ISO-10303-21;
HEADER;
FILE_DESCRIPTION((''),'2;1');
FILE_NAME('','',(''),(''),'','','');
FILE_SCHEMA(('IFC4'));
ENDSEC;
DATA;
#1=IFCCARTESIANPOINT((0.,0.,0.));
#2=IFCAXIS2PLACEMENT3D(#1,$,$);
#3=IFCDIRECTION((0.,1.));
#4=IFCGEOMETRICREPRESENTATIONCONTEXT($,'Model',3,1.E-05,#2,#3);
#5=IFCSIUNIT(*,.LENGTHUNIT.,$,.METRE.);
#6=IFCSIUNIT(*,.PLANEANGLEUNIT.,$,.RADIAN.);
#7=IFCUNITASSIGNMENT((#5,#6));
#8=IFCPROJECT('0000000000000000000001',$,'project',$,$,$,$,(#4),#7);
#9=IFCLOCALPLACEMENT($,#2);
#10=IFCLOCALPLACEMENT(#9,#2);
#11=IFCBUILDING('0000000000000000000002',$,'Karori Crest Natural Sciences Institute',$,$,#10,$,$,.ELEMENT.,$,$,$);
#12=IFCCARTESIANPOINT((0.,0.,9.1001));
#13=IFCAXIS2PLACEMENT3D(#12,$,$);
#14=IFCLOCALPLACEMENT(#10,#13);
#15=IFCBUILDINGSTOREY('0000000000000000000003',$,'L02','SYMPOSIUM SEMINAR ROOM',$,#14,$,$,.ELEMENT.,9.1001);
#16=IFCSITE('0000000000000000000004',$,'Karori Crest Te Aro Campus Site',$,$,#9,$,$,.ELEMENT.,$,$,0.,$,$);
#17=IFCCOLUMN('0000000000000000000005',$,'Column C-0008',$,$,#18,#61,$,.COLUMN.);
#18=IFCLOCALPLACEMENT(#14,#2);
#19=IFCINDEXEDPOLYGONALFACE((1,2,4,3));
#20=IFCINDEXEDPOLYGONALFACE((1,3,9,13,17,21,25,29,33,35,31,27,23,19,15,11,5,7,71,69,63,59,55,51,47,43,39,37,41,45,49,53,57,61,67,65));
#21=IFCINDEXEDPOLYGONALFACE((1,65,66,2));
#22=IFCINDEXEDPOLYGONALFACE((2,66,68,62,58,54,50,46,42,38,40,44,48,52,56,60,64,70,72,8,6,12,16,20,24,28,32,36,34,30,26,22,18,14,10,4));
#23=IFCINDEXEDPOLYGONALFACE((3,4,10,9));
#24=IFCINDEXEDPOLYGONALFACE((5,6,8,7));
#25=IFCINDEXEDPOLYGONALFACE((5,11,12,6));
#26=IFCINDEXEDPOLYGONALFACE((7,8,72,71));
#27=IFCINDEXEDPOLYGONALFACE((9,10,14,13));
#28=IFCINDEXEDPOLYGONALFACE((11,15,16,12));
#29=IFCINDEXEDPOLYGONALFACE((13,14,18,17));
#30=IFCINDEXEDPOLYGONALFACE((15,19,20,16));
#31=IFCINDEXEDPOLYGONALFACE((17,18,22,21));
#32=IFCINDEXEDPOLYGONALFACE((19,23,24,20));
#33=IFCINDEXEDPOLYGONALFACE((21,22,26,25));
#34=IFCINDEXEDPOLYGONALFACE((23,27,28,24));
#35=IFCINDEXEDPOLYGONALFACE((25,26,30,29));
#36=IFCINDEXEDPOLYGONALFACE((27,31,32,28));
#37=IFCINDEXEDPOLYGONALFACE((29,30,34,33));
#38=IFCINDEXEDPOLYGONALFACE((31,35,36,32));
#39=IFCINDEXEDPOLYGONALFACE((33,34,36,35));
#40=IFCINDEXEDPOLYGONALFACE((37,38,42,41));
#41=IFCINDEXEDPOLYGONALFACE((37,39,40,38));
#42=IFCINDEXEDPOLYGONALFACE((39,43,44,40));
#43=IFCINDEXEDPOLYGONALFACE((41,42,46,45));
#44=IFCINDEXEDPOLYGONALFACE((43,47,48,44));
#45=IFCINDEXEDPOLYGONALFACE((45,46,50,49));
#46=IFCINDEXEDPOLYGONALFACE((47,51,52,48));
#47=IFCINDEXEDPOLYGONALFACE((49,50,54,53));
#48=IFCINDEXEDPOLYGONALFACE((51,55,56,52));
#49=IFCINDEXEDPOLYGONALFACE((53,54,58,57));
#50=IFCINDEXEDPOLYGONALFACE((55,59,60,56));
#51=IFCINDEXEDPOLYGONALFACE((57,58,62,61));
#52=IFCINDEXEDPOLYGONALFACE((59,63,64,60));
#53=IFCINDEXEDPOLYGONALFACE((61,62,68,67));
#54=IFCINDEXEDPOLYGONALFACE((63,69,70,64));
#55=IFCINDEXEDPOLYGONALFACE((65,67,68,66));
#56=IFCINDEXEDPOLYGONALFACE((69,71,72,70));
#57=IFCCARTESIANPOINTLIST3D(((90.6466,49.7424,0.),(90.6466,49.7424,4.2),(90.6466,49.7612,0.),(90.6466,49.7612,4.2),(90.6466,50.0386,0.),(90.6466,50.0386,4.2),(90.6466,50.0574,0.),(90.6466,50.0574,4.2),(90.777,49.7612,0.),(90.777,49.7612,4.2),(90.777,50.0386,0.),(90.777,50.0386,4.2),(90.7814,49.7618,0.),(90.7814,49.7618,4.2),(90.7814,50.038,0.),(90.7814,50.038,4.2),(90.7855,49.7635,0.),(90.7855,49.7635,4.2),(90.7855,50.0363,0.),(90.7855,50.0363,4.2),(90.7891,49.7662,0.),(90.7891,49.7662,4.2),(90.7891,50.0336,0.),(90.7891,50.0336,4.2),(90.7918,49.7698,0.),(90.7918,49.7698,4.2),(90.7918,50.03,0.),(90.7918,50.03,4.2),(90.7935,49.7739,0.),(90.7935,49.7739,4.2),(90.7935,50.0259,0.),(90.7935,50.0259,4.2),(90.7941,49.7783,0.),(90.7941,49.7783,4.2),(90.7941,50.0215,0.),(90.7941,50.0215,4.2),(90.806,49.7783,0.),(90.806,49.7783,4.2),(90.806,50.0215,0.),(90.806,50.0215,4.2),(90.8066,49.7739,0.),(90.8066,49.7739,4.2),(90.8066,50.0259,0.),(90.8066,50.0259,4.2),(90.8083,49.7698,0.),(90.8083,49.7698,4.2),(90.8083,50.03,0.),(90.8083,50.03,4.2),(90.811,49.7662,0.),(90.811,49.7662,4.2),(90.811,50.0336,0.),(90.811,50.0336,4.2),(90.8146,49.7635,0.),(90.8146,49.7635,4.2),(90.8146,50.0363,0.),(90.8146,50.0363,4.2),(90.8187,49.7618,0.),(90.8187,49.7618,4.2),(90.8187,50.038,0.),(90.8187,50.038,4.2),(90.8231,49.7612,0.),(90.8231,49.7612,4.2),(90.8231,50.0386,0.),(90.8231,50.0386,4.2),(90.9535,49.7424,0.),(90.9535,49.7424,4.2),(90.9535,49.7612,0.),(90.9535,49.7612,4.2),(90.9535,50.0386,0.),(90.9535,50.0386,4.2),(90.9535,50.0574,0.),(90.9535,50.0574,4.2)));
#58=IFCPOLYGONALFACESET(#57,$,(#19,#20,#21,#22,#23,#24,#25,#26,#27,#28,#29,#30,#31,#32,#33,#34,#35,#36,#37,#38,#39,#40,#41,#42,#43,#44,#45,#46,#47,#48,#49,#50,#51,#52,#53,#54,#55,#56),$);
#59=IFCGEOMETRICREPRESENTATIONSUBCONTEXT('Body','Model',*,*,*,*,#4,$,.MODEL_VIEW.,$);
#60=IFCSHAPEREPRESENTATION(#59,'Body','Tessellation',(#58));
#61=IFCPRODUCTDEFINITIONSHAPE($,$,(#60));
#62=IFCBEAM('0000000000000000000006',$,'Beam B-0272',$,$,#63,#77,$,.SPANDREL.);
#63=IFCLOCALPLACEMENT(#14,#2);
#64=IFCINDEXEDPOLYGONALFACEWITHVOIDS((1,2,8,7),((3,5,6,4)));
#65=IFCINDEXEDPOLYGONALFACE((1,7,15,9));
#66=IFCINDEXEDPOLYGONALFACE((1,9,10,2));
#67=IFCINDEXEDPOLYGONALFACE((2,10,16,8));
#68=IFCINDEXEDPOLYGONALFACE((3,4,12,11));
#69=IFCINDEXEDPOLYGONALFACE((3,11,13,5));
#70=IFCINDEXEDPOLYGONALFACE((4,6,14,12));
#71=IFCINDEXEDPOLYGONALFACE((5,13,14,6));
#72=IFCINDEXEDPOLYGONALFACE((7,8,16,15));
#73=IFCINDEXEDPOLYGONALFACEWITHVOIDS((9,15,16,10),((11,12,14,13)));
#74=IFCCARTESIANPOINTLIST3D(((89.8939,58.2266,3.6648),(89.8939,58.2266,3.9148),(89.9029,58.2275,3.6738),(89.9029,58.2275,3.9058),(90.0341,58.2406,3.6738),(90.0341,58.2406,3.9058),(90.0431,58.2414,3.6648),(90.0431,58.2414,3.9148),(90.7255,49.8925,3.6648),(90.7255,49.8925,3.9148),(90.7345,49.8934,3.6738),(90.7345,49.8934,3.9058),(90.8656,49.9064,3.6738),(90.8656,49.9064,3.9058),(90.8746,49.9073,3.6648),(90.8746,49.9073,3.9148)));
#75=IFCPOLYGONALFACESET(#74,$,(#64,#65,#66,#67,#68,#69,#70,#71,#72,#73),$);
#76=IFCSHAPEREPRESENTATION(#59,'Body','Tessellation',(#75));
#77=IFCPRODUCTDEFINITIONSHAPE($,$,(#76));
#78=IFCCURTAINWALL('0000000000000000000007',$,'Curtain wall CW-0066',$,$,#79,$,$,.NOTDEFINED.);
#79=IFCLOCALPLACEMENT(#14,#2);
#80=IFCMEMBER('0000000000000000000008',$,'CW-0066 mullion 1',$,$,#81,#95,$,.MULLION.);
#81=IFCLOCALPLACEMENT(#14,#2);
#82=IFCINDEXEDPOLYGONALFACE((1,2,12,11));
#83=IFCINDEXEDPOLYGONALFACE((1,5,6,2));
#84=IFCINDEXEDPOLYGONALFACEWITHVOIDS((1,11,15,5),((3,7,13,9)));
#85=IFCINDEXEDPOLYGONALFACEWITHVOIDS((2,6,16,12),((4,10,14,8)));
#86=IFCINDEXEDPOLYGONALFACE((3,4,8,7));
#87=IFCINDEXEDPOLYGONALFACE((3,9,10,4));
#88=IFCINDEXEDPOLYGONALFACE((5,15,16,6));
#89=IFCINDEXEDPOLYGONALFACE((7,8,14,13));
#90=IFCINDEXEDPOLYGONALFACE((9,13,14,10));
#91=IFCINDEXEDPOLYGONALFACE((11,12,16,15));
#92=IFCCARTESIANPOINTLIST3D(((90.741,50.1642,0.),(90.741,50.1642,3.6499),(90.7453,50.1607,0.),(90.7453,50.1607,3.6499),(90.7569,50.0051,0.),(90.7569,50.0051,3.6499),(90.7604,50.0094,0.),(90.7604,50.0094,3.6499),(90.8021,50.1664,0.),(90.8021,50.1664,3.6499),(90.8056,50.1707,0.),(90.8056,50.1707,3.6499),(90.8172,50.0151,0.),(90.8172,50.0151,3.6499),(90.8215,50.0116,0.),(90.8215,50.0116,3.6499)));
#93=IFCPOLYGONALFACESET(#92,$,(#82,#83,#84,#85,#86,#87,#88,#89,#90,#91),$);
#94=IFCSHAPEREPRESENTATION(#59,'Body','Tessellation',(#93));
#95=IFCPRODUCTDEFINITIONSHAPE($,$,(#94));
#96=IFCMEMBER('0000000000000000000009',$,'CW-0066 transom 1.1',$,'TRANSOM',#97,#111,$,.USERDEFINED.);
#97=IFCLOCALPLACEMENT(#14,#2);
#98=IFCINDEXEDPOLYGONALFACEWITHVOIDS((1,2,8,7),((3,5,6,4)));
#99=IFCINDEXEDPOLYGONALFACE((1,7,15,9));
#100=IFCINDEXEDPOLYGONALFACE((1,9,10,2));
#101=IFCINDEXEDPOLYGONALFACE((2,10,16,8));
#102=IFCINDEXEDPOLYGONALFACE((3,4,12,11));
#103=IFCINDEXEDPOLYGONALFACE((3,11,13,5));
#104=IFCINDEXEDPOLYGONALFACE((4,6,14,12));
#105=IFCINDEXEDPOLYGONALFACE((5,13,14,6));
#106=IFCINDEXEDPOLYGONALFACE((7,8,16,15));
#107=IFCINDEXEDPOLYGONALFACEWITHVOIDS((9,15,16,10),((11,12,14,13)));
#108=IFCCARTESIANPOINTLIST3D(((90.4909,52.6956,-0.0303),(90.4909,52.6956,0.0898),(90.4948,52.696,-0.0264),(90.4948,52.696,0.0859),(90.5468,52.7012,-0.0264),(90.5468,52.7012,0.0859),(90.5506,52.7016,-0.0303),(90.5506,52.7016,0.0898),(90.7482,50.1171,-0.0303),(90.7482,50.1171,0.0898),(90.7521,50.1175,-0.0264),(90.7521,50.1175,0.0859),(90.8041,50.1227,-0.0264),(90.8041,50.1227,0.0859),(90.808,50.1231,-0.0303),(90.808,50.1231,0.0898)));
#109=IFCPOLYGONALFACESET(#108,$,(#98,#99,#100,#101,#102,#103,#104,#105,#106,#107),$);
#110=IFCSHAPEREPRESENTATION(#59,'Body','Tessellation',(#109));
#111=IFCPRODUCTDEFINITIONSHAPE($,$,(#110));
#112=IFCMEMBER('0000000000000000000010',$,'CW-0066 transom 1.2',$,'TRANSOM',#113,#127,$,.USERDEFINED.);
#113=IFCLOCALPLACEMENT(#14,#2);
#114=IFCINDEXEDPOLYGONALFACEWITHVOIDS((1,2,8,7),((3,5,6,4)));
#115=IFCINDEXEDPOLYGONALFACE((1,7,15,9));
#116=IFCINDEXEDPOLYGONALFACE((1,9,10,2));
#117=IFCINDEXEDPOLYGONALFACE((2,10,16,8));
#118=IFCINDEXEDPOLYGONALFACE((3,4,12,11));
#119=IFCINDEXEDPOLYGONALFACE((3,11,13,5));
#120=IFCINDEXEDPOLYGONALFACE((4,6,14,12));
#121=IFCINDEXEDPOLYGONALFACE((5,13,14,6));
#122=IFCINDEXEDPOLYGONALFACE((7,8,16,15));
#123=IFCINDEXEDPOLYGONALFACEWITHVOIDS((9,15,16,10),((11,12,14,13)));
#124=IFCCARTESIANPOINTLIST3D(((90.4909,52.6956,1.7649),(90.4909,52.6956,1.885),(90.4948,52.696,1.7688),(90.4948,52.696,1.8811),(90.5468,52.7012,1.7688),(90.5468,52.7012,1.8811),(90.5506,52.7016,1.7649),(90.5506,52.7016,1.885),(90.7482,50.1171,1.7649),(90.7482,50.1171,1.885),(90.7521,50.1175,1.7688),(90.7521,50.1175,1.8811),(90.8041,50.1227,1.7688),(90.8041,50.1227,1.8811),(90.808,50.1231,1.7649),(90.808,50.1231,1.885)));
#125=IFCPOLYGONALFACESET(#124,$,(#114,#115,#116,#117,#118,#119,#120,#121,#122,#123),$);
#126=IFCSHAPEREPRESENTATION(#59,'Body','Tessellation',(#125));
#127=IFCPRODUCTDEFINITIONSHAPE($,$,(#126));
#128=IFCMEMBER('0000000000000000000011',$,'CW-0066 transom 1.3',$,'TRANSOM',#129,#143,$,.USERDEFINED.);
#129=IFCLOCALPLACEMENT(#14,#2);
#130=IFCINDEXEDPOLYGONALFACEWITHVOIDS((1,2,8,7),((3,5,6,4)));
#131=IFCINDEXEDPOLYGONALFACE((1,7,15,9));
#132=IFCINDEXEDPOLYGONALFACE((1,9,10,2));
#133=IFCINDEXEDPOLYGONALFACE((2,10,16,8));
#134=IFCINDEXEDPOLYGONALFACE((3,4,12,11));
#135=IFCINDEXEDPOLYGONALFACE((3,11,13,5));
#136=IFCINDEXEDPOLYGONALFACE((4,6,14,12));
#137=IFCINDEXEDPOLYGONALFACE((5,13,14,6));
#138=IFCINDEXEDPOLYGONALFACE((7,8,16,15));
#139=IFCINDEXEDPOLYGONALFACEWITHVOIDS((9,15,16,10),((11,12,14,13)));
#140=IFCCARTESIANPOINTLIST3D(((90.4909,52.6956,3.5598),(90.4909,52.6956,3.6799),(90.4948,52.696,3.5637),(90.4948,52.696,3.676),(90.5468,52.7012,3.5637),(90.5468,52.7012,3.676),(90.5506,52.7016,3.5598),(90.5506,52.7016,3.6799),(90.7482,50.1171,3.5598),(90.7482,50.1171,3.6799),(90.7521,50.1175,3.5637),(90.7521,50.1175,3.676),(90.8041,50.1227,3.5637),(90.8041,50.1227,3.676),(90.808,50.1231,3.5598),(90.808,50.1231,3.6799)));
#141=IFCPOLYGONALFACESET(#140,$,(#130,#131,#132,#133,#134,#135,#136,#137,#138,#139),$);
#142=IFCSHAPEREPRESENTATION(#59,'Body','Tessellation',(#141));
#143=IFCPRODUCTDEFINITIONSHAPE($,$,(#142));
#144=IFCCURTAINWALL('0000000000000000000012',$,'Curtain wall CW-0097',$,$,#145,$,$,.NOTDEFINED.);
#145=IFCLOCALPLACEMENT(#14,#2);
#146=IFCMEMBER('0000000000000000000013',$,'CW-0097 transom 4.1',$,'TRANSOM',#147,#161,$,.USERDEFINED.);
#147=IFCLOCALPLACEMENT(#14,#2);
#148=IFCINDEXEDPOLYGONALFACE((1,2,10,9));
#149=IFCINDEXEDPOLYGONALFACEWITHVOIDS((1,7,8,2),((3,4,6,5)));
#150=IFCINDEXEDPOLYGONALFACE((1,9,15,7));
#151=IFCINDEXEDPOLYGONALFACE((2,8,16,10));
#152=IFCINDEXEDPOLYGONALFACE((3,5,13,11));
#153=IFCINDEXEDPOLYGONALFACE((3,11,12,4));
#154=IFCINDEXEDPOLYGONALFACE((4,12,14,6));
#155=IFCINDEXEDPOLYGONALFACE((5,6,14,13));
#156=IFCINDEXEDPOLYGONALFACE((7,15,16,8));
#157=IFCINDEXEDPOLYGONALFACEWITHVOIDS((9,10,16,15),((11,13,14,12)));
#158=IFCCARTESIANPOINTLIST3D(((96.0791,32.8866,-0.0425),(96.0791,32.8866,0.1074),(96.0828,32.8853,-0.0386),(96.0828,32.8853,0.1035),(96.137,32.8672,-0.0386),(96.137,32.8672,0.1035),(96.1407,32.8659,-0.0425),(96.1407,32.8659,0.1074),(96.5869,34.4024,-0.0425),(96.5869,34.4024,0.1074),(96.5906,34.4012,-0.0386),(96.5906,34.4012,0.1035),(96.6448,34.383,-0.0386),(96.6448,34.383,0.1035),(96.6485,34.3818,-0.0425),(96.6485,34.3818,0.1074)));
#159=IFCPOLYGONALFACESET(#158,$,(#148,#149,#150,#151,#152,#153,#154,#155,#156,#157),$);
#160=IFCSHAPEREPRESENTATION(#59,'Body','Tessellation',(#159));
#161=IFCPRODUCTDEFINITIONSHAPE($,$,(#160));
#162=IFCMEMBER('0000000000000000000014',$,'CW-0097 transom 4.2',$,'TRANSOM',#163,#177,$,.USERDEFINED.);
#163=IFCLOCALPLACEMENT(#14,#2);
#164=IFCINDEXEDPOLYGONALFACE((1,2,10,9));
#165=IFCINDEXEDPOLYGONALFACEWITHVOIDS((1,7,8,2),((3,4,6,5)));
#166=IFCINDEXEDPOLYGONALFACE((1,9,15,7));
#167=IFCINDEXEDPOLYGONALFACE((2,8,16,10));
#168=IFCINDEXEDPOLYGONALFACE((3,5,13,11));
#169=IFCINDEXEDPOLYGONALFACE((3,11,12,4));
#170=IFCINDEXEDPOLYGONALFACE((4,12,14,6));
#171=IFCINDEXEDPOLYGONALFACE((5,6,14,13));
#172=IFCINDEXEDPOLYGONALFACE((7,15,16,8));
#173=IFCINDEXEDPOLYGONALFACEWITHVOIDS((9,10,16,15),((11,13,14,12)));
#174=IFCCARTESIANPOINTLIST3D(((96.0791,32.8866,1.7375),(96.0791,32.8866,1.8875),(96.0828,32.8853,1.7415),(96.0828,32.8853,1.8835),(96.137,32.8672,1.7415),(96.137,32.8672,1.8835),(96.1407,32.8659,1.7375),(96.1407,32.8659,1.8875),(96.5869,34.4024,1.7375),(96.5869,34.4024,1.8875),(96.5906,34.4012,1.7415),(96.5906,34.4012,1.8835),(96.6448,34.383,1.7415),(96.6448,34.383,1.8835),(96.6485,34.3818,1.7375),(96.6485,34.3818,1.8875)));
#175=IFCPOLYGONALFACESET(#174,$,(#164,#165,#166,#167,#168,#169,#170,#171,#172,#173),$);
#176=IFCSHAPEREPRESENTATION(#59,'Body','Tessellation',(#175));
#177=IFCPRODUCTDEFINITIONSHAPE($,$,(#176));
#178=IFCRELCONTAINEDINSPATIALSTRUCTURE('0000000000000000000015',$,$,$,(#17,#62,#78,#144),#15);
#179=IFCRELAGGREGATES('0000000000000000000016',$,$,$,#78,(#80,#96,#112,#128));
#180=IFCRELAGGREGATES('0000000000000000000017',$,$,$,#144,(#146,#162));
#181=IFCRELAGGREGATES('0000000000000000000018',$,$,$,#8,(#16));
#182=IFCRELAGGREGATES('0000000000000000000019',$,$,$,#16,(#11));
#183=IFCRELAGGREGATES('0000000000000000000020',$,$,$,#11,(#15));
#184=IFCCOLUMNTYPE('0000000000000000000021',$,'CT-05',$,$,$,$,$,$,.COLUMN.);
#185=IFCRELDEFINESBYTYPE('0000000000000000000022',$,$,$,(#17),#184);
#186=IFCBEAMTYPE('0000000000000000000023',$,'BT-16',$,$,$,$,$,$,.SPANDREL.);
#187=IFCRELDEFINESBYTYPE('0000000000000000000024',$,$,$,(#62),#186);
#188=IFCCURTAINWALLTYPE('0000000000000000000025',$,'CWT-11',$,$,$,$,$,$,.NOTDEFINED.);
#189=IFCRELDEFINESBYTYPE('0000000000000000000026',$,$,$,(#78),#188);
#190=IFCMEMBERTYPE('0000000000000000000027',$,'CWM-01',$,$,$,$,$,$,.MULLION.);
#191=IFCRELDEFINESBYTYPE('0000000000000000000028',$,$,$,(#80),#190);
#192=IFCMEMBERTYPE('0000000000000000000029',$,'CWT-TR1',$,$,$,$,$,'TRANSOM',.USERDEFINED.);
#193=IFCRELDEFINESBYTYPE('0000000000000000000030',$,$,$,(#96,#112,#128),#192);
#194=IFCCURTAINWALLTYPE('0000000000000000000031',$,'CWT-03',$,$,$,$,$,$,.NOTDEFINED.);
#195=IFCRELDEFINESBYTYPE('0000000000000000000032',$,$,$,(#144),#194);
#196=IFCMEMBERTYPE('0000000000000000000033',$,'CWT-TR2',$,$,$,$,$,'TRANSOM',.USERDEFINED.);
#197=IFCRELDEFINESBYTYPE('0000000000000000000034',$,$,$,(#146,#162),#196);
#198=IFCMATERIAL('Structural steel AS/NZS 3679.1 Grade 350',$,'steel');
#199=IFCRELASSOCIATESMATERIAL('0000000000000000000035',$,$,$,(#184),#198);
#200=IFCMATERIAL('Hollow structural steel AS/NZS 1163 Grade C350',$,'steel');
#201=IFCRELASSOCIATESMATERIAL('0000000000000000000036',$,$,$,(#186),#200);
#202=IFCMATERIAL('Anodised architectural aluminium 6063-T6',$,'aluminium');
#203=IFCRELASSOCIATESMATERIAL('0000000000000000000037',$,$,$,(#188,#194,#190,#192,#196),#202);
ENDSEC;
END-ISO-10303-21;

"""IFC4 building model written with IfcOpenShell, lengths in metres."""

from ifc_helpers import new_model, si_unit, direction, frame, origin, origin_2d, place, context, subcontext, project, spatial, hollow_rectangle, i_section, extrude, material, material_profile, profile_set, type_object, element, aggregate, save


model = new_model("IFC4")

# Units and contexts
model_context = context("Model", 3, precision=1e-05, world=origin(), true_north=direction((0.0, 1.0)))
body_context = subcontext(model_context, "Body", "Model", "MODEL_VIEW")
ifc_project = project(units=[si_unit("LENGTHUNIT", "METRE"), si_unit("PLANEANGLEUNIT", "RADIAN")], contexts=[model_context])

# Site, building, storey
site_placement = place(None, origin())
site = spatial("IfcSite", under=ifc_project, at=site_placement, Name="Karori Crest Te Aro Campus Site", CompositionType="ELEMENT", RefElevation=0.0)
building_placement = place(site_placement, origin())
building = spatial("IfcBuilding", under=site, at=building_placement, Name="Karori Crest Natural Sciences Institute", CompositionType="ELEMENT")
storey_placement = place(building_placement, frame((0.0, 0.0, 9.1001)))
storey = spatial("IfcBuildingStorey", under=building, at=storey_placement, Name="L02", Description="SYMPOSIUM SEMINAR ROOM", CompositionType="ELEMENT", Elevation=9.1001)

# Column
ifc_material_1 = material(Name="Structural steel AS/NZS 3679.1 Grade 350", Category="steel")
ifc_material_profile_1 = material_profile(ifc_material_1, i_section(OverallWidth=0.3069, OverallDepth=0.3149, WebThickness=0.012, FlangeThickness=0.0188, FilletRadius=0.0171, at=origin_2d()), Name="310UC118")
ifc_profile_set_1 = profile_set([ifc_material_profile_1], Name="Structural steel AS/NZS 3679.1 Grade 350")
column_type = type_object("IfcColumnType", Name="CT-05", PredefinedType="COLUMN", material=ifc_profile_set_1)
column_placement = place(storey_placement, frame((90.8, 49.8999, 0.0), z_axis=(0.0, 0.0, 1.0), x_axis=(1.0, 0.0, 0.0)))
element("IfcColumn", 1, at=column_placement, inside=storey, type_object=column_type, Name="Column C-0008", PredefinedType="COLUMN", context=body_context, shape_type="SweptSolid", body=[
    extrude(i_section(OverallWidth=0.3069, OverallDepth=0.3149, WebThickness=0.012, FlangeThickness=0.0188, FilletRadius=0.0171, at=origin_2d()), origin(), (0.0, 0.0, 1.0), 4.2),
])

# Beam
ifc_material_2 = material(Name="Hollow structural steel AS/NZS 1163 Grade C350", Category="steel")
ifc_material_profile_2 = material_profile(ifc_material_2, hollow_rectangle(XDim=0.1499, YDim=0.25, WallThickness=0.009, at=origin_2d()), Name="RHS250x150x9")
ifc_profile_set_2 = profile_set([ifc_material_profile_2], Name="Hollow structural steel AS/NZS 1163 Grade C350")
beam_type = type_object("IfcBeamType", Name="BT-16", PredefinedType="SPANDREL", material=ifc_profile_set_2)
beam_placement = place(storey_placement, frame((90.8, 49.8999, 3.7898), z_axis=(-0.099284, 0.995059, 0.0), x_axis=(-0.995059, -0.099284, 0.0)))
element("IfcBeam", 2, at=beam_placement, inside=storey, type_object=beam_type, Name="Beam B-0272", PredefinedType="SPANDREL", context=body_context, shape_type="SweptSolid", body=[
    extrude(hollow_rectangle(XDim=0.1499, YDim=0.25, WallThickness=0.009, at=origin_2d()), origin(), (0.0, 0.0, 1.0), 8.3755),
])

# Curtain wall, members
ifc_material_3 = material(Name="Anodised architectural aluminium 6063-T6", Category="aluminium")
curtain_wall_type_1 = type_object("IfcCurtainWallType", Name="CWT-11", PredefinedType="NOTDEFINED", material=ifc_material_3)
curtain_wall_1_placement = place(storey_placement, origin())
curtain_wall_1 = element("IfcCurtainWall", 3, at=curtain_wall_1_placement, inside=storey, type_object=curtain_wall_type_1, Name="Curtain wall CW-0066", PredefinedType="NOTDEFINED")
ifc_material_profile_3 = material_profile(ifc_material_3, hollow_rectangle(XDim=0.0649, YDim=0.1599, WallThickness=0.0039, at=origin_2d()), Name="CWM160x65x4")
ifc_profile_set_3 = profile_set([ifc_material_profile_3], Name="Anodised architectural aluminium 6063-T6")
member_type_1 = type_object("IfcMemberType", Name="CWM-01", PredefinedType="MULLION", material=ifc_profile_set_3)
member_1_placement = place(storey_placement, frame((90.7812, 50.0879, 0.0), z_axis=(0.0, 0.0, 1.0), x_axis=(-0.995061, -0.099264, 0.0)))
member_1 = element("IfcMember", 4, at=member_1_placement, type_object=member_type_1, Name="CW-0066 mullion 1", PredefinedType="MULLION", context=body_context, shape_type="SweptSolid", body=[
    extrude(hollow_rectangle(XDim=0.0649, YDim=0.1599, WallThickness=0.0039, at=origin_2d()), origin(), (0.0, 0.0, 1.0), 3.6499),
])
ifc_material_profile_4 = material_profile(ifc_material_3, hollow_rectangle(XDim=0.0601, YDim=0.1201, WallThickness=0.0039, at=origin_2d()), Name="CWT120x60x4")
ifc_profile_set_4 = profile_set([ifc_material_profile_4], Name="Anodised architectural aluminium 6063-T6")
member_type_2 = type_object("IfcMemberType", Name="CWT-TR1", ElementType="TRANSOM", PredefinedType="USERDEFINED", material=ifc_profile_set_4)
member_2_placement = place(storey_placement, frame((90.7781, 50.1201, 0.0298), z_axis=(-0.099299, 0.995058, 0.0), x_axis=(-0.995058, -0.099299, 0.0)))
member_2 = element("IfcMember", 5, at=member_2_placement, type_object=member_type_2, Name="CW-0066 transom 1.1", ObjectType="TRANSOM", PredefinedType="USERDEFINED", context=body_context, shape_type="SweptSolid", body=[
    extrude(hollow_rectangle(XDim=0.0601, YDim=0.1201, WallThickness=0.0039, at=origin_2d()), origin(), (0.0, 0.0, 1.0), 2.5913),
])
member_3_placement = place(storey_placement, frame((90.7781, 50.1201, 1.825), z_axis=(-0.099299, 0.995058, 0.0), x_axis=(-0.995058, -0.099299, 0.0)))
member_3 = element("IfcMember", 6, at=member_3_placement, type_object=member_type_2, Name="CW-0066 transom 1.2", ObjectType="TRANSOM", PredefinedType="USERDEFINED", context=body_context, shape_type="SweptSolid", body=[
    extrude(hollow_rectangle(XDim=0.0601, YDim=0.1201, WallThickness=0.0039, at=origin_2d()), origin(), (0.0, 0.0, 1.0), 2.5913),
])
member_4_placement = place(storey_placement, frame((90.7781, 50.1201, 3.6199), z_axis=(-0.099299, 0.995058, 0.0), x_axis=(-0.995058, -0.099299, 0.0)))
member_4 = element("IfcMember", 7, at=member_4_placement, type_object=member_type_2, Name="CW-0066 transom 1.3", ObjectType="TRANSOM", PredefinedType="USERDEFINED", context=body_context, shape_type="SweptSolid", body=[
    extrude(hollow_rectangle(XDim=0.0601, YDim=0.1201, WallThickness=0.0039, at=origin_2d()), origin(), (0.0, 0.0, 1.0), 2.5913),
])
aggregate(curtain_wall_1, [member_1, member_2, member_3, member_4])

# Curtain wall, members
curtain_wall_type_2 = type_object("IfcCurtainWallType", Name="CWT-03", PredefinedType="NOTDEFINED", material=ifc_material_3)
curtain_wall_2_placement = place(storey_placement, origin())
curtain_wall_2 = element("IfcCurtainWall", 8, at=curtain_wall_2_placement, inside=storey, type_object=curtain_wall_type_2, Name="Curtain wall CW-0097", PredefinedType="NOTDEFINED")
ifc_material_profile_5 = material_profile(ifc_material_3, hollow_rectangle(XDim=0.0649, YDim=0.1499, WallThickness=0.0039, at=origin_2d()), Name="CWT150x65x4")
ifc_profile_set_5 = profile_set([ifc_material_profile_5], Name="Anodised architectural aluminium 6063-T6")
member_type_3 = type_object("IfcMemberType", Name="CWT-TR2", ElementType="TRANSOM", PredefinedType="USERDEFINED", material=ifc_profile_set_5)
member_5_placement = place(storey_placement, frame((96.6177, 34.3921, 0.0325), z_axis=(-0.317648, -0.948209, 0.0), x_axis=(0.948209, -0.317648, 0.0)))
member_5 = element("IfcMember", 9, at=member_5_placement, type_object=member_type_3, Name="CW-0097 transom 4.1", ObjectType="TRANSOM", PredefinedType="USERDEFINED", context=body_context, shape_type="SweptSolid", body=[
    extrude(hollow_rectangle(XDim=0.0649, YDim=0.1499, WallThickness=0.0039, at=origin_2d()), origin(), (0.0, 0.0, 1.0), 1.5986),
])
member_6_placement = place(storey_placement, frame((96.6177, 34.3921, 1.8125), z_axis=(-0.317648, -0.948209, 0.0), x_axis=(0.948209, -0.317648, 0.0)))
member_6 = element("IfcMember", 10, at=member_6_placement, type_object=member_type_3, Name="CW-0097 transom 4.2", ObjectType="TRANSOM", PredefinedType="USERDEFINED", context=body_context, shape_type="SweptSolid", body=[
    extrude(hollow_rectangle(XDim=0.0649, YDim=0.1499, WallThickness=0.0039, at=origin_2d()), origin(), (0.0, 0.0, 1.0), 1.5986),
])
aggregate(curtain_wall_2, [member_5, member_6])

save(model, "model.ifc")
